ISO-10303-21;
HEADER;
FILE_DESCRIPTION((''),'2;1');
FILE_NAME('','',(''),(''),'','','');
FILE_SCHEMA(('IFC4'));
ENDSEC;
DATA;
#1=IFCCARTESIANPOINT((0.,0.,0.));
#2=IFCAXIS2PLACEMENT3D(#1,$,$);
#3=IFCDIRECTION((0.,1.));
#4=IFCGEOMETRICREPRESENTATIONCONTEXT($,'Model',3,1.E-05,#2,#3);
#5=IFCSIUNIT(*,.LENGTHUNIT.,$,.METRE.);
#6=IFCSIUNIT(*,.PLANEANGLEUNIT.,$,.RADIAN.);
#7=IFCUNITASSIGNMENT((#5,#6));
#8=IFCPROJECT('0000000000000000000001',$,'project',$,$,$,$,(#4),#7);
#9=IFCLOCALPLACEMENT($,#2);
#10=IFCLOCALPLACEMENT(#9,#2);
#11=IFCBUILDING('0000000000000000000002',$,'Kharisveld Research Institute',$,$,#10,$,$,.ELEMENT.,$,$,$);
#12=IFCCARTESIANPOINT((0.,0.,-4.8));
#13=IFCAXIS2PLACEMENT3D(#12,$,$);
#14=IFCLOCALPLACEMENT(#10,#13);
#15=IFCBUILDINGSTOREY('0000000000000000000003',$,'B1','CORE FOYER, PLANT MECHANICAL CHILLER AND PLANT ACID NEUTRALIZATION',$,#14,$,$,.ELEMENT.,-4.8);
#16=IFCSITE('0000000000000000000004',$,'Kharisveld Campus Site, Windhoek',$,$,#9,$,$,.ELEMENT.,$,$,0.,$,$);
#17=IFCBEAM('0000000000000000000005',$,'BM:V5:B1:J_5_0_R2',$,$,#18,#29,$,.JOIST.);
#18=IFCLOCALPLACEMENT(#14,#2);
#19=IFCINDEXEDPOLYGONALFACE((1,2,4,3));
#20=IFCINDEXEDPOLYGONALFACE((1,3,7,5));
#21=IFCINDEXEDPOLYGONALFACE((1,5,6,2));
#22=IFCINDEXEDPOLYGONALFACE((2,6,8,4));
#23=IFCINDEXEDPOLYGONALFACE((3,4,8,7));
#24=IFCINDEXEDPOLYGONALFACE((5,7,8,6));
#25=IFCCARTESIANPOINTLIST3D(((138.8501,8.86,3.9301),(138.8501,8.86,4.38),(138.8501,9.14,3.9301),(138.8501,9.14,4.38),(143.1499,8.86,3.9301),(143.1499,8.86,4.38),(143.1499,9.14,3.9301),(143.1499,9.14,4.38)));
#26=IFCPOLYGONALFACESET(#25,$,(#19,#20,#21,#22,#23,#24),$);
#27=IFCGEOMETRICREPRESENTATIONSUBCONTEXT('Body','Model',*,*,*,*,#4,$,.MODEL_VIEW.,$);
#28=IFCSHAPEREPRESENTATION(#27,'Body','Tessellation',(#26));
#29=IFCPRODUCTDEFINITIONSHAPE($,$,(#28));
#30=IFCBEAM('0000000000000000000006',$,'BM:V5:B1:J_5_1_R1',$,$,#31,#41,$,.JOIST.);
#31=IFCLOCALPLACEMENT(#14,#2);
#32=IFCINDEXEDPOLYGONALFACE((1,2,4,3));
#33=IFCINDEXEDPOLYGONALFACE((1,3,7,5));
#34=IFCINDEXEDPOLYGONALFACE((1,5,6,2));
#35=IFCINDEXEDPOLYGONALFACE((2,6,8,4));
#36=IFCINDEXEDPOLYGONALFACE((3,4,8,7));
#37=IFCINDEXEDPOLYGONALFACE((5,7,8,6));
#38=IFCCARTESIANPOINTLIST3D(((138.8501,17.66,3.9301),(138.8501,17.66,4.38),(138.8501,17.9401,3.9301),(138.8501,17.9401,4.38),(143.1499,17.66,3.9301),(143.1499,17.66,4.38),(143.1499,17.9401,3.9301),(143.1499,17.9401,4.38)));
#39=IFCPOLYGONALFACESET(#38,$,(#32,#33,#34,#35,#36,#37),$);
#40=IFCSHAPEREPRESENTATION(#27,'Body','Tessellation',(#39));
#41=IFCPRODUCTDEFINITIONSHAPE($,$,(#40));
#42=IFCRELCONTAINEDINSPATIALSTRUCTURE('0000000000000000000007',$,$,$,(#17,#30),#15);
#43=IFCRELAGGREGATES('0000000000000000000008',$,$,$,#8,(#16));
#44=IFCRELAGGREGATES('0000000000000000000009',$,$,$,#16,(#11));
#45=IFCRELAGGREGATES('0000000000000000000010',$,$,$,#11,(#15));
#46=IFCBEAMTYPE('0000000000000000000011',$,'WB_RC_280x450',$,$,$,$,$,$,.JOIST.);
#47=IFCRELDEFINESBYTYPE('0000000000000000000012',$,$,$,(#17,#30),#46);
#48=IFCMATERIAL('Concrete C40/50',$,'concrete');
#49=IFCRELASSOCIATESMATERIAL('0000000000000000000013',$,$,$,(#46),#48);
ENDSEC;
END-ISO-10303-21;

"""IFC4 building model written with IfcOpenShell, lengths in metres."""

from ifc_helpers import new_model, si_unit, direction, frame, origin, origin_2d, place, context, subcontext, project, spatial, rectangle, extrude, material, material_profile, profile_set, type_object, element, save


model = new_model("IFC4")

# Units and contexts
model_context = context("Model", 3, precision=1e-05, world=origin(), true_north=direction((0.0, 1.0)))
body_context = subcontext(model_context, "Body", "Model", "MODEL_VIEW")
ifc_project = project(units=[si_unit("LENGTHUNIT", "METRE"), si_unit("PLANEANGLEUNIT", "RADIAN")], contexts=[model_context])

# Site, building, storey
site_placement = place(None, origin())
site = spatial("IfcSite", under=ifc_project, at=site_placement, Name="Kharisveld Campus Site, Windhoek", CompositionType="ELEMENT", RefElevation=0.0)
building_placement = place(site_placement, origin())
building = spatial("IfcBuilding", under=site, at=building_placement, Name="Kharisveld Research Institute", CompositionType="ELEMENT")
storey_placement = place(building_placement, frame((0.0, 0.0, -4.8)))
storey = spatial("IfcBuildingStorey", under=building, at=storey_placement, Name="B1", Description="CORE FOYER, PLANT MECHANICAL CHILLER AND PLANT ACID NEUTRALIZATION", CompositionType="ELEMENT", Elevation=-4.8)

# Beams
ifc_material_1 = material(Name="Concrete C40/50", Category="concrete")
ifc_material_profile_1 = material_profile(ifc_material_1, rectangle(XDim=0.28, YDim=0.45, at=origin_2d()))
ifc_profile_set_1 = profile_set([ifc_material_profile_1], Name="Concrete C40/50")
beam_type_1 = type_object("IfcBeamType", Name="WB_RC_280x450", PredefinedType="JOIST", material=ifc_profile_set_1)
for number, where, z_axis, x_axis, name in (
    (1, (138.8501, 9.0, 4.155), (1.0, 0.0, 0.0), (0.0, 1.0, 0.0), "BM:V5:B1:J_5_0_R2"),
    (2, (138.8501, 17.8, 4.155), (1.0, 0.0, 0.0), (0.0, 1.0, 0.0), "BM:V5:B1:J_5_1_R1"),
):
    element("IfcBeam", number, at=place(storey_placement, frame(where, z_axis=z_axis, x_axis=x_axis)), inside=storey, type_object=beam_type_1, Name=name, PredefinedType="JOIST", context=body_context, shape_type="SweptSolid", body=[
        extrude(rectangle(XDim=0.28, YDim=0.45, at=origin_2d()), origin(), (0.0, 0.0, 1.0), 4.2998),
    ])

save(model, "model.ifc")
